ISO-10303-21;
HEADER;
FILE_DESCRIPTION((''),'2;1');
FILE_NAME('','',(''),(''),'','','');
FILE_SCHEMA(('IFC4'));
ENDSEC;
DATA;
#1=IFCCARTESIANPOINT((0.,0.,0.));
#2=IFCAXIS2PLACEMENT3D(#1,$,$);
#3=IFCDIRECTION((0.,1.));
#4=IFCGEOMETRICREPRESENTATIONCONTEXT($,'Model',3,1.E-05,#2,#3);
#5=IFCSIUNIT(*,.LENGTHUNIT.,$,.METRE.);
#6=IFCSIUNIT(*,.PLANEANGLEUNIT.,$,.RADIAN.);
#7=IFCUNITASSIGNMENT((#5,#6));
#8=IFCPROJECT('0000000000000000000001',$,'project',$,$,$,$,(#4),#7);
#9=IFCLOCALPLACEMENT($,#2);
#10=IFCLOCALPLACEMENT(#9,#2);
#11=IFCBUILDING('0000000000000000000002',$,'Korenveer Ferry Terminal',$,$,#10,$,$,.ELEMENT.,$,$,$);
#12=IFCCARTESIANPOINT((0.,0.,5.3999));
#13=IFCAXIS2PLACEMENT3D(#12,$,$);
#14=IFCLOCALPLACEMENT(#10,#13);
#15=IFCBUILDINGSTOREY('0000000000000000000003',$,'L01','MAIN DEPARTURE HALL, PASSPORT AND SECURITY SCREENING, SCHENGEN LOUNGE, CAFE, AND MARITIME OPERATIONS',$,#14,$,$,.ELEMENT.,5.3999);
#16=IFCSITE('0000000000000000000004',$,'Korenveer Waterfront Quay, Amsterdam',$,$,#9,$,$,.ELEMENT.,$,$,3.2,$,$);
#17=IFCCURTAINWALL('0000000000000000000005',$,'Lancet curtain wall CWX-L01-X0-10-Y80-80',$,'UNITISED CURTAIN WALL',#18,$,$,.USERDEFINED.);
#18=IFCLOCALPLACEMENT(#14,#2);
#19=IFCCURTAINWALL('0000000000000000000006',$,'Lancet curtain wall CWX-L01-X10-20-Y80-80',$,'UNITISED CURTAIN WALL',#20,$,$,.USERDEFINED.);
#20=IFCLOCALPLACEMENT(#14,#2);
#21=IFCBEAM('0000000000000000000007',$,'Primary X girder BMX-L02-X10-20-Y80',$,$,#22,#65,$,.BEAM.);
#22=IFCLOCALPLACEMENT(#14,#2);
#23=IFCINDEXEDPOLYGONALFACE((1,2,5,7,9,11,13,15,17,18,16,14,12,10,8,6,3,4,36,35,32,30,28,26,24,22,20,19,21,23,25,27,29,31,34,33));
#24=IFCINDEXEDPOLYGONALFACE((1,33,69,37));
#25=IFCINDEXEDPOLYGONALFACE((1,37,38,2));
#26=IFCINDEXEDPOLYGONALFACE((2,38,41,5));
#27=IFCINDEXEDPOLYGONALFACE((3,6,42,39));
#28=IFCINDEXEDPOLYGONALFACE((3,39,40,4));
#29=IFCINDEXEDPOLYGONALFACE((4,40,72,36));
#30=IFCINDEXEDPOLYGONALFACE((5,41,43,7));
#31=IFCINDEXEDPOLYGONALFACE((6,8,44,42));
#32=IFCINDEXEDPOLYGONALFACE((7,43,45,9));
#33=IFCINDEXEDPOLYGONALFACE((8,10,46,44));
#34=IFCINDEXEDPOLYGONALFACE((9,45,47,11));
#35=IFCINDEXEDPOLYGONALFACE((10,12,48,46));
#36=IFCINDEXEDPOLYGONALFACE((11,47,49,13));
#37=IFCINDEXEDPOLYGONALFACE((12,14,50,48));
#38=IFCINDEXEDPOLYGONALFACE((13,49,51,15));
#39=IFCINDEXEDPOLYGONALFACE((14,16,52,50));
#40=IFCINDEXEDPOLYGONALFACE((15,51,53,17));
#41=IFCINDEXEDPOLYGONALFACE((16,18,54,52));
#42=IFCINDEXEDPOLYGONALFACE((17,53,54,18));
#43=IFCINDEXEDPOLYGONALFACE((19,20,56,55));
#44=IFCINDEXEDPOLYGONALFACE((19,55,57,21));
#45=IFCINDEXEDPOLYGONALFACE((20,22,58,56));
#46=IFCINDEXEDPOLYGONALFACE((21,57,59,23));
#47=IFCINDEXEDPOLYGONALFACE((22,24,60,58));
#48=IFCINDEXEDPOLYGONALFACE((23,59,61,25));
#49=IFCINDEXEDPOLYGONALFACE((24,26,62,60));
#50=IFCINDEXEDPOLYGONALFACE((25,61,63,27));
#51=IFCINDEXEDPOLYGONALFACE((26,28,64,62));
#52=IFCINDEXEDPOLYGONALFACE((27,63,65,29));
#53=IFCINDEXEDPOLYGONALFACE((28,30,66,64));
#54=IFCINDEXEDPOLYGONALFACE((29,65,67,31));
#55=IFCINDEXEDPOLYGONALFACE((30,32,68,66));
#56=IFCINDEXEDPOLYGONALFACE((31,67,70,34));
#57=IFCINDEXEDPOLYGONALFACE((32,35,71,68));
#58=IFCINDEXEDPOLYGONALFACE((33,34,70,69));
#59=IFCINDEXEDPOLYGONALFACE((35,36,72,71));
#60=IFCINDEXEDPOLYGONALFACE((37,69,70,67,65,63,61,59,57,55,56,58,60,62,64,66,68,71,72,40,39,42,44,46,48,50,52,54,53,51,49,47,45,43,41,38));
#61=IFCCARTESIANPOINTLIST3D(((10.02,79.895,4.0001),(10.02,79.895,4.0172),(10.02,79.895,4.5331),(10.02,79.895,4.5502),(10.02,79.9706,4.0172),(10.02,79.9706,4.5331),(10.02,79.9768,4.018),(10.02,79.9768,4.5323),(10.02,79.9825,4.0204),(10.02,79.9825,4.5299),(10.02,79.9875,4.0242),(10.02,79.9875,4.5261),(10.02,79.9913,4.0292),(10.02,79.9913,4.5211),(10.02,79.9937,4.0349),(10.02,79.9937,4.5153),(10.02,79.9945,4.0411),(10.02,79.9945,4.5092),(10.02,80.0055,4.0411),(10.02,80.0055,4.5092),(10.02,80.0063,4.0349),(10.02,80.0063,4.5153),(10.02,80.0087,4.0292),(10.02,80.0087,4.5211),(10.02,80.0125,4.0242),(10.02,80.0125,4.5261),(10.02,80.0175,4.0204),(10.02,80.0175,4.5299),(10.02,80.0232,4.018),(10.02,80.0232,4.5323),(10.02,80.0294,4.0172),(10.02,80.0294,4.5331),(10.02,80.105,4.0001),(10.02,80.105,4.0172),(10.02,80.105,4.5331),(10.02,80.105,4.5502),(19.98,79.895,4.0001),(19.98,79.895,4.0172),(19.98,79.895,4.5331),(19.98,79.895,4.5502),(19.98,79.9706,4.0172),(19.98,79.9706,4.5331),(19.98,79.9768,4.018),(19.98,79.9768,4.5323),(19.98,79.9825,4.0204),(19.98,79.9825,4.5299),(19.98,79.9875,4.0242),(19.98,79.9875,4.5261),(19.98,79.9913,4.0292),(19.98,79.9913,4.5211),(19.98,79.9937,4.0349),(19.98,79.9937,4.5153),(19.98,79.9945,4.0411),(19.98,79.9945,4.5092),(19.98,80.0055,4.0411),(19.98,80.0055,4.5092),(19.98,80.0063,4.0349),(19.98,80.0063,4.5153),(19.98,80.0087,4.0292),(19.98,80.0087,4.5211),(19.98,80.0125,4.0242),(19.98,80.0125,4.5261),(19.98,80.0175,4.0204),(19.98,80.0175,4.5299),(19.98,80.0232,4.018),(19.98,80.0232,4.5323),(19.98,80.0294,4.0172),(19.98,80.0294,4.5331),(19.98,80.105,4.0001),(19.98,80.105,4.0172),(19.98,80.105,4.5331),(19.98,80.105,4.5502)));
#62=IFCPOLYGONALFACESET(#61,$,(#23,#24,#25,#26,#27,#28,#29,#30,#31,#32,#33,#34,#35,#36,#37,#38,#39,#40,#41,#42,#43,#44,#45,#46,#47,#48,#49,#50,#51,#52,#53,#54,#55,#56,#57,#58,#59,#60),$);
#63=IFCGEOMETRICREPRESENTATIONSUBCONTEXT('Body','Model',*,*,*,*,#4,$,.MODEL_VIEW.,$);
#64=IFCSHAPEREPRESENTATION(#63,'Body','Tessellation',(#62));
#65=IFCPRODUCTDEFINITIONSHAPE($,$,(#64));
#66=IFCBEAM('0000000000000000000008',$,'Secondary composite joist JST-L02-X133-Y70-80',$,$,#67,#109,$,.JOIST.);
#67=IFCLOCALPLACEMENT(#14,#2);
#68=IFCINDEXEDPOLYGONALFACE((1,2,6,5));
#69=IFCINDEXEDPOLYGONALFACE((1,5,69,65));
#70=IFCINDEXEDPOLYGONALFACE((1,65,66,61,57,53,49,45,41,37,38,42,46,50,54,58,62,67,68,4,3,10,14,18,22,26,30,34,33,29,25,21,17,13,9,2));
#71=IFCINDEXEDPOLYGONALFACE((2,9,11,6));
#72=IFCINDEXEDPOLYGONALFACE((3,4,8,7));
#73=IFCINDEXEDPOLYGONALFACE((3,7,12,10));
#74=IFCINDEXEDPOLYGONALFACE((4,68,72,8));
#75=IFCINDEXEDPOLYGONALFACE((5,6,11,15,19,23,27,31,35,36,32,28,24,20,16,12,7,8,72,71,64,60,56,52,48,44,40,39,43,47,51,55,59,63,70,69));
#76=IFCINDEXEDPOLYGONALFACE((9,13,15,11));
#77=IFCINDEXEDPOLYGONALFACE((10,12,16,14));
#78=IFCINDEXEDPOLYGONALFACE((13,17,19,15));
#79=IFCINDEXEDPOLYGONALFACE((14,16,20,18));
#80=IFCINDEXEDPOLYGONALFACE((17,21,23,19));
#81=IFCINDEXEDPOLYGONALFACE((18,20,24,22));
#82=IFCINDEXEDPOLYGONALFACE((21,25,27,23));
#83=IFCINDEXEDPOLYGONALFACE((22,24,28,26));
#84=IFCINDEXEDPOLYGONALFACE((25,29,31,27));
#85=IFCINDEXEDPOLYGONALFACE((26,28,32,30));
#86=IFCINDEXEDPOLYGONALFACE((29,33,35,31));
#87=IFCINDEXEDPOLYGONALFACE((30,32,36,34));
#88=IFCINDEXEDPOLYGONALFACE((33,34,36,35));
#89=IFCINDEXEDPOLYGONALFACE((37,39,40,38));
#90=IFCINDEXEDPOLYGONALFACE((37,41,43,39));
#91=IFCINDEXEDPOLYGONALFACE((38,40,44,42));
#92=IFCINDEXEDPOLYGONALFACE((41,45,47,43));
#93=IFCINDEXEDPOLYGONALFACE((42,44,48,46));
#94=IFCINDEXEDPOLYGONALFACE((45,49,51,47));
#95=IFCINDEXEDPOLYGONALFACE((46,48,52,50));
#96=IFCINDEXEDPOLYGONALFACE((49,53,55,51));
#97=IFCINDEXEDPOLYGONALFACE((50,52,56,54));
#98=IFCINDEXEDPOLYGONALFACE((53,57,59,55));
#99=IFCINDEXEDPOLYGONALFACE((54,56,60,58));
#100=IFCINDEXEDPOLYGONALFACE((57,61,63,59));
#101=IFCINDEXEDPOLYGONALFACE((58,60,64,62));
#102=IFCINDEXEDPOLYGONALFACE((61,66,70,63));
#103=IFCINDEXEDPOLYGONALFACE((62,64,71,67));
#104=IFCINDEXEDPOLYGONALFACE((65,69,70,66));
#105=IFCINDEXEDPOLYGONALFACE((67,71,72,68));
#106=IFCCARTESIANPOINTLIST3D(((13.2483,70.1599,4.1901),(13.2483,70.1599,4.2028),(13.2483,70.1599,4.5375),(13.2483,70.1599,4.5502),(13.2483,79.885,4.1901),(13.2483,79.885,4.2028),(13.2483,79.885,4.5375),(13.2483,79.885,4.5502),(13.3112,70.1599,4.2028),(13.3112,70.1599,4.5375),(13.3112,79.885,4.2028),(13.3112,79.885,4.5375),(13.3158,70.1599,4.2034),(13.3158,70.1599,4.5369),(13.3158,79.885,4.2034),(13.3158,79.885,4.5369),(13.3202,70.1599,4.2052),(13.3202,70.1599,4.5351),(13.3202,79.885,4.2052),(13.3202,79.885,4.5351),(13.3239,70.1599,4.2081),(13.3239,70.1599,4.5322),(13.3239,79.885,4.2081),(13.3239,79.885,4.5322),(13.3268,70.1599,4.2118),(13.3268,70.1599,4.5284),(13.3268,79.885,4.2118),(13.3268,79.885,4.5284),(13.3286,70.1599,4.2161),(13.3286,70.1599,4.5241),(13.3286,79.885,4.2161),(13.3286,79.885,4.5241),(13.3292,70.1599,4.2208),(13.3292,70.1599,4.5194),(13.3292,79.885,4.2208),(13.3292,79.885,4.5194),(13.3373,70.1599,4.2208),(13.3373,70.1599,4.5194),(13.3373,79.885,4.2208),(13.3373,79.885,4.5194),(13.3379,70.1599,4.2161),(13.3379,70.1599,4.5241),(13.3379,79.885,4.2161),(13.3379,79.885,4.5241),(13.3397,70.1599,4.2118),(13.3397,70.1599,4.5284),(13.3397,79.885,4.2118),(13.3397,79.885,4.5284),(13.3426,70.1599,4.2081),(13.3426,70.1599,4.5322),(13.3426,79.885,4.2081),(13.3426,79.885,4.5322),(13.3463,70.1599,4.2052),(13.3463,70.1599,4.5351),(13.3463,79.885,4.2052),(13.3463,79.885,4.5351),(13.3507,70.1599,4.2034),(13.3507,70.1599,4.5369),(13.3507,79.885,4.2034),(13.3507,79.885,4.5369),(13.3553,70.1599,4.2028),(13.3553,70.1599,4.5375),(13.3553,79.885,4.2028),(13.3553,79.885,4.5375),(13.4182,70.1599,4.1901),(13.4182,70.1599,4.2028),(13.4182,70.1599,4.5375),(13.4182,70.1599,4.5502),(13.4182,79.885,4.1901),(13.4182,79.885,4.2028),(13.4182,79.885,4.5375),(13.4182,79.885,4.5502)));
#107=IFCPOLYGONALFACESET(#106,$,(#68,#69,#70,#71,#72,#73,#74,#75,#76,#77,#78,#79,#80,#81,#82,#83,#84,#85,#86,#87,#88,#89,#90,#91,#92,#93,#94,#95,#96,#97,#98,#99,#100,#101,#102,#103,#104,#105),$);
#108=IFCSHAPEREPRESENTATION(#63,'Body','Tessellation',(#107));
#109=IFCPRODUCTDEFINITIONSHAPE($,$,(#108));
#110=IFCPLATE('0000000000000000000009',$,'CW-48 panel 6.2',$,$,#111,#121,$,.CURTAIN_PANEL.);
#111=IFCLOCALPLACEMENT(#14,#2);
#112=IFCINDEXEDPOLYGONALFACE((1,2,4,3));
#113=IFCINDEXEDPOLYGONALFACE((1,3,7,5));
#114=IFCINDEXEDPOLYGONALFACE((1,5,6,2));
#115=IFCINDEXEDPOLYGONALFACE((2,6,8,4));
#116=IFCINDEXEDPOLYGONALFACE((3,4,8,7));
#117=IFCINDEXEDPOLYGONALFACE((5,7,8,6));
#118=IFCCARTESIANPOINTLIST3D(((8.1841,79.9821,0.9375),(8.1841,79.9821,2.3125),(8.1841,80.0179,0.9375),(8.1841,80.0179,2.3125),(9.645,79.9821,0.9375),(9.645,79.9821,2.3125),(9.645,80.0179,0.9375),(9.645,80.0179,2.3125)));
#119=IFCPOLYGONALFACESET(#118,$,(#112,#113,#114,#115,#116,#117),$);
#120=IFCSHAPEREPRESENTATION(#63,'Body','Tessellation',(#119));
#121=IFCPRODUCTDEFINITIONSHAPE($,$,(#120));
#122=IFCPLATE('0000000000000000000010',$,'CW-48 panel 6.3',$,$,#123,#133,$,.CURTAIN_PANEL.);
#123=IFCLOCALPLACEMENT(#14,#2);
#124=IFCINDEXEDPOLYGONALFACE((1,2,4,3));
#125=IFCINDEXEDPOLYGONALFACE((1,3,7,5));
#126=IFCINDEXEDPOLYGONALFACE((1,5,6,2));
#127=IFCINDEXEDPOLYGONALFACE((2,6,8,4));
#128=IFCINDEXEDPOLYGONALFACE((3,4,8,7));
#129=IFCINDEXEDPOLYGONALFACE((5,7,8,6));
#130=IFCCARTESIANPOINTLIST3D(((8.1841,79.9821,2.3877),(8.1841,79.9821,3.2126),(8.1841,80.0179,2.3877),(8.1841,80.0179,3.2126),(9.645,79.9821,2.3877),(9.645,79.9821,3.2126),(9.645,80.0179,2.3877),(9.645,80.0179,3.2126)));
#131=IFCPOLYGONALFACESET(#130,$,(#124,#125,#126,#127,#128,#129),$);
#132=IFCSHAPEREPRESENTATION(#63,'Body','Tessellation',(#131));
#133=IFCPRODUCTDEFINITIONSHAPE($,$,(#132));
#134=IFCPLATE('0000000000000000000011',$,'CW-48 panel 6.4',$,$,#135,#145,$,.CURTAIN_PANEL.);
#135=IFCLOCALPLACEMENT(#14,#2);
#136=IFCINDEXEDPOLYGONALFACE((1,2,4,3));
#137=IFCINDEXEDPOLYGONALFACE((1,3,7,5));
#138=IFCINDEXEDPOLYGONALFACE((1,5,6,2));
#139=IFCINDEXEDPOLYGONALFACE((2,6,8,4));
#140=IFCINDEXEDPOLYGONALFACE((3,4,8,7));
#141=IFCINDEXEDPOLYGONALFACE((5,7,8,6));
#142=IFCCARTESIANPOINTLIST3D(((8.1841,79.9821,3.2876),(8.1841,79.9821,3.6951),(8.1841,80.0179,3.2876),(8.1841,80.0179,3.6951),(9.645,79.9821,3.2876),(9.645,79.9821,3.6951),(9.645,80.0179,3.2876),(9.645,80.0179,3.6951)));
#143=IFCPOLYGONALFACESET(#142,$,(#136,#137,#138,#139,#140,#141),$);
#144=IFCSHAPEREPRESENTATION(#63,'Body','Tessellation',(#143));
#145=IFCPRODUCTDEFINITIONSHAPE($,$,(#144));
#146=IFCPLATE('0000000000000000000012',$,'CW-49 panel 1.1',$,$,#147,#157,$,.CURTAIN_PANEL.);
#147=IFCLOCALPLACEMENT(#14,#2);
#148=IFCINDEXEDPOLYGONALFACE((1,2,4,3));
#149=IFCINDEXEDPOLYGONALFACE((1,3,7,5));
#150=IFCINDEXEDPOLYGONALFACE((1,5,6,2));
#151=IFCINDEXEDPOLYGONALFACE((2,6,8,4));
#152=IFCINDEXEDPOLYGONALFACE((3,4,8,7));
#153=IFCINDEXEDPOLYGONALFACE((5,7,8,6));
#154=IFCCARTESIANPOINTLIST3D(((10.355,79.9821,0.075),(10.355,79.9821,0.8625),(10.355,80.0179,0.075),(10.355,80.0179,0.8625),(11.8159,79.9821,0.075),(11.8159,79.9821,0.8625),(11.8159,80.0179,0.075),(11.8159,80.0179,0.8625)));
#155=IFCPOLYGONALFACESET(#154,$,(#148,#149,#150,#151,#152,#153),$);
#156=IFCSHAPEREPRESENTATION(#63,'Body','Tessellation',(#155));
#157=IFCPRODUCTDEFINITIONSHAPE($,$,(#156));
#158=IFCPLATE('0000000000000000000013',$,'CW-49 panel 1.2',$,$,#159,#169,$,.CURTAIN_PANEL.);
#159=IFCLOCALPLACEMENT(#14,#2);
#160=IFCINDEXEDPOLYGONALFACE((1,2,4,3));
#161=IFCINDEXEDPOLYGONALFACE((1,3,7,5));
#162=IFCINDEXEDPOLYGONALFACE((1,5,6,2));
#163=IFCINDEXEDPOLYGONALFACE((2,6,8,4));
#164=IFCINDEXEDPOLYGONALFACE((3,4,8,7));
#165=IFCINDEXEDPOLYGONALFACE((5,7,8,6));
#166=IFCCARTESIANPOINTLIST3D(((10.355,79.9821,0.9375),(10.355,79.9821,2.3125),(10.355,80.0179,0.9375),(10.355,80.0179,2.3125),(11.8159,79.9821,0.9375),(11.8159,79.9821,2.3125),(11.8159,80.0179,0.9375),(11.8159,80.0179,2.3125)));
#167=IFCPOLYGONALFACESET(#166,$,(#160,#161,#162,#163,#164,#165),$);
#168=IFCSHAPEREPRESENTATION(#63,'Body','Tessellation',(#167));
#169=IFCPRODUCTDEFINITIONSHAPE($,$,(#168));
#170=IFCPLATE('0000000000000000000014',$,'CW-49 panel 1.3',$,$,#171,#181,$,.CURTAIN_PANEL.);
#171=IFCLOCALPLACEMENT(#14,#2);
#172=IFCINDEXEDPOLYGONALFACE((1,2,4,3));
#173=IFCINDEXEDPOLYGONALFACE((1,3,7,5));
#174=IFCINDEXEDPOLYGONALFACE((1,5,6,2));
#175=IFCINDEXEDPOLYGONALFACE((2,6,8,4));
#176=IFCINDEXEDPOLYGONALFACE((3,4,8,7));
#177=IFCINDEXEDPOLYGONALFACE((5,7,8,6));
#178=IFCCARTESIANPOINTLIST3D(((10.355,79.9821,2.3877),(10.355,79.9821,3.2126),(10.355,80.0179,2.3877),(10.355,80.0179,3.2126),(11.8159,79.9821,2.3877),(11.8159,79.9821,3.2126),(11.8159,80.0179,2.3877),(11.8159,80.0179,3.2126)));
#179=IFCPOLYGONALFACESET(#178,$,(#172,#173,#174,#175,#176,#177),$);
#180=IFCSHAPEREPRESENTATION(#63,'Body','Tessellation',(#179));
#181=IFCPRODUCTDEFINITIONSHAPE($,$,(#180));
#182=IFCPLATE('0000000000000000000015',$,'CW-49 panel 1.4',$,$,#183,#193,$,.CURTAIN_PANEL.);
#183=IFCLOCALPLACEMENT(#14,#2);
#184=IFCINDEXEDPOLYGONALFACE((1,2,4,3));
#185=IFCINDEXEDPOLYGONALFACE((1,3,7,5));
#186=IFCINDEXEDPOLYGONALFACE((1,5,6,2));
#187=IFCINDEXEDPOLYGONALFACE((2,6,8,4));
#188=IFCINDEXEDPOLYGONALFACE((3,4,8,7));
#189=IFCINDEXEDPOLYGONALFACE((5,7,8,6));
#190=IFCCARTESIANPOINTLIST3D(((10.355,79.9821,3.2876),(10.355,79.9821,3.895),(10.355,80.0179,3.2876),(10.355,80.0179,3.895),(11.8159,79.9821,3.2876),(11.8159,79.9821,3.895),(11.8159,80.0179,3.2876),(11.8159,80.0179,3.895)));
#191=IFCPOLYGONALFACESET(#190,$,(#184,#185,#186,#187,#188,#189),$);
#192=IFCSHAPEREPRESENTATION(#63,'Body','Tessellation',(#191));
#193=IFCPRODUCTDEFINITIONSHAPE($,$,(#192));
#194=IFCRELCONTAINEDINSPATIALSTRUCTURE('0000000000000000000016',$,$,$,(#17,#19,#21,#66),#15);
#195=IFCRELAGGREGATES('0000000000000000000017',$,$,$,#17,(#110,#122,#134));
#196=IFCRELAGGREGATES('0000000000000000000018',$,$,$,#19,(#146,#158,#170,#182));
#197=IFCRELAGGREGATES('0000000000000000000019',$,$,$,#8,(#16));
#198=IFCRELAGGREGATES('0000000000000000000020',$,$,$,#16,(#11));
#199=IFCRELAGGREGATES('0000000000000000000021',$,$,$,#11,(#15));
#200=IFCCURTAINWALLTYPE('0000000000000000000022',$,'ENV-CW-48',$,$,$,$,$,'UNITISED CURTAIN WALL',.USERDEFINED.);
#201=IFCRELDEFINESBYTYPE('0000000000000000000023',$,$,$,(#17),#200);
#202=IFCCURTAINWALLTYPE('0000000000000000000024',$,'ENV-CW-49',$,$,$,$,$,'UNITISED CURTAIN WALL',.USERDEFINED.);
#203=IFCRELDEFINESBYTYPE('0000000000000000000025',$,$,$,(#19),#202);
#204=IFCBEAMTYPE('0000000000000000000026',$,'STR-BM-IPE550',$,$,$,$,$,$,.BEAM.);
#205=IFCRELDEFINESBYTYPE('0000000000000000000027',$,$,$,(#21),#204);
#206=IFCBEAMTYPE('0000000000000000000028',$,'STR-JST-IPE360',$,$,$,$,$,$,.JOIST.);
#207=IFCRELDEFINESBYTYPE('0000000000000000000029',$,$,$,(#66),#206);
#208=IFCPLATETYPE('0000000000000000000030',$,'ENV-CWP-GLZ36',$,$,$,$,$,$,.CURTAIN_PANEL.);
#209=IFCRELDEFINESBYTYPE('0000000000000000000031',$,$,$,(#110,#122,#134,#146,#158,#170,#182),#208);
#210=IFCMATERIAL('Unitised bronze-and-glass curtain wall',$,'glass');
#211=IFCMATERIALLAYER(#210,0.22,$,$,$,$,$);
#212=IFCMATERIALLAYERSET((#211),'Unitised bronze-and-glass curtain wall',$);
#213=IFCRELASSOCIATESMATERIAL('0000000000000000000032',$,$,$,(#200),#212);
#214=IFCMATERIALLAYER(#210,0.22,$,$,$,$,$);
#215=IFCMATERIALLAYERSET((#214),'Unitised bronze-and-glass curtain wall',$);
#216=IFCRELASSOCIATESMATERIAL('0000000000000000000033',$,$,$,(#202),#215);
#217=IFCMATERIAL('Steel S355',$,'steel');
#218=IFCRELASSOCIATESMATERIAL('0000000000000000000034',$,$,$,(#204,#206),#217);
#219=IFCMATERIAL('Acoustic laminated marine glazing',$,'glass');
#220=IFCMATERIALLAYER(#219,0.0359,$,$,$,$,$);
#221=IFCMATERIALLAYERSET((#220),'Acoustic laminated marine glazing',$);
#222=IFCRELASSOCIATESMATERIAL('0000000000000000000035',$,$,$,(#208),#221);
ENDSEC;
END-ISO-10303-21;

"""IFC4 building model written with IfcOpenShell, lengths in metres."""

from ifc_helpers import new_model, si_unit, direction, frame, origin, origin_2d, place, context, subcontext, project, spatial, rectangle, i_section, extrude, material, layer, layer_set, material_profile, profile_set, type_object, element, aggregate, save


model = new_model("IFC4")

# Units and contexts
model_context = context("Model", 3, precision=1e-05, world=origin(), true_north=direction((0.0, 1.0)))
body_context = subcontext(model_context, "Body", "Model", "MODEL_VIEW")
ifc_project = project(units=[si_unit("LENGTHUNIT", "METRE"), si_unit("PLANEANGLEUNIT", "RADIAN")], contexts=[model_context])

# Site, building, storey
site_placement = place(None, origin())
site = spatial("IfcSite", under=ifc_project, at=site_placement, Name="Korenveer Waterfront Quay, Amsterdam", CompositionType="ELEMENT", RefElevation=3.2)
building_placement = place(site_placement, origin())
building = spatial("IfcBuilding", under=site, at=building_placement, Name="Korenveer Ferry Terminal", CompositionType="ELEMENT")
storey_placement = place(building_placement, frame((0.0, 0.0, 5.3999)))
storey = spatial("IfcBuildingStorey", under=building, at=storey_placement, Name="L01", Description="MAIN DEPARTURE HALL, PASSPORT AND SECURITY SCREENING, SCHENGEN LOUNGE, CAFE, AND MARITIME OPERATIONS", CompositionType="ELEMENT", Elevation=5.3999)

# Curtain wall
ifc_material_1 = material(Name="Unitised bronze-and-glass curtain wall", Category="glass")
ifc_layer_1 = layer(ifc_material_1, 0.22)
ifc_layer_set_1 = layer_set([ifc_layer_1], Name="Unitised bronze-and-glass curtain wall")
curtain_wall_type_1 = type_object("IfcCurtainWallType", Name="ENV-CW-48", ElementType="UNITISED CURTAIN WALL", PredefinedType="USERDEFINED", material=ifc_layer_set_1)
curtain_wall_1_placement = place(storey_placement, frame((0.28, 80.0, 0.0)))
curtain_wall_1 = element("IfcCurtainWall", 1, at=curtain_wall_1_placement, inside=storey, type_object=curtain_wall_type_1, Name="Lancet curtain wall CWX-L01-X0-10-Y80-80", ObjectType="UNITISED CURTAIN WALL", PredefinedType="USERDEFINED")

# Curtain wall
ifc_layer_2 = layer(ifc_material_1, 0.22)
ifc_layer_set_2 = layer_set([ifc_layer_2], Name="Unitised bronze-and-glass curtain wall")
curtain_wall_type_2 = type_object("IfcCurtainWallType", Name="ENV-CW-49", ElementType="UNITISED CURTAIN WALL", PredefinedType="USERDEFINED", material=ifc_layer_set_2)
curtain_wall_2_placement = place(storey_placement, frame((10.28, 80.0, 0.0)))
curtain_wall_2 = element("IfcCurtainWall", 2, at=curtain_wall_2_placement, inside=storey, type_object=curtain_wall_type_2, Name="Lancet curtain wall CWX-L01-X10-20-Y80-80", ObjectType="UNITISED CURTAIN WALL", PredefinedType="USERDEFINED")

# Beams
ifc_material_2 = material(Name="Steel S355", Category="steel")
ifc_material_profile_1 = material_profile(ifc_material_2, i_section(OverallWidth=0.21, OverallDepth=0.55, WebThickness=0.011, FlangeThickness=0.0171, FilletRadius=0.0239, at=origin_2d()), Name="IPE 550")
ifc_profile_set_1 = profile_set([ifc_material_profile_1], Name="Steel S355")
beam_type_1 = type_object("IfcBeamType", Name="STR-BM-IPE550", PredefinedType="BEAM", material=ifc_profile_set_1)
beam_1_placement = place(storey_placement, frame((10.02, 80.0, 4.2751), z_axis=(1.0, 0.0, 0.0), x_axis=(0.0, 1.0, 0.0)))
element("IfcBeam", 3, at=beam_1_placement, inside=storey, type_object=beam_type_1, Name="Primary X girder BMX-L02-X10-20-Y80", PredefinedType="BEAM", context=body_context, shape_type="SweptSolid", body=[
    extrude(i_section(OverallWidth=0.21, OverallDepth=0.55, WebThickness=0.011, FlangeThickness=0.0171, FilletRadius=0.0239, at=origin_2d()), origin(), (0.0, 0.0, 1.0), 9.96),
])
ifc_material_profile_2 = material_profile(ifc_material_2, i_section(OverallWidth=0.1699, OverallDepth=0.3601, WebThickness=0.0081, FlangeThickness=0.0127, FilletRadius=0.0181, at=origin_2d()), Name="IPE 360")
ifc_profile_set_2 = profile_set([ifc_material_profile_2], Name="Steel S355")
beam_type_2 = type_object("IfcBeamType", Name="STR-JST-IPE360", PredefinedType="JOIST", material=ifc_profile_set_2)
beam_2_placement = place(storey_placement, frame((13.3333, 70.1599, 4.3701), z_axis=(0.0, 1.0, 0.0), x_axis=(-1.0, 0.0, 0.0)))
element("IfcBeam", 4, at=beam_2_placement, inside=storey, type_object=beam_type_2, Name="Secondary composite joist JST-L02-X133-Y70-80", PredefinedType="JOIST", context=body_context, shape_type="SweptSolid", body=[
    extrude(i_section(OverallWidth=0.1699, OverallDepth=0.3601, WebThickness=0.0081, FlangeThickness=0.0127, FilletRadius=0.0181, at=origin_2d()), origin(), (0.0, 0.0, 1.0), 9.7251),
])

# Plates
ifc_material_3 = material(Name="Acoustic laminated marine glazing", Category="glass")
ifc_layer_3 = layer(ifc_material_3, 0.0359)
ifc_layer_set_3 = layer_set([ifc_layer_3], Name="Acoustic laminated marine glazing")
plate_type = type_object("IfcPlateType", Name="ENV-CWP-GLZ36", PredefinedType="CURTAIN_PANEL", material=ifc_layer_set_3)
plate_1_placement = place(storey_placement, frame((8.9146, 80.0, 0.9375), z_axis=(0.0, 0.0, 1.0), x_axis=(1.0, 0.0, 0.0)))
plate_1 = element("IfcPlate", 5, at=plate_1_placement, type_object=plate_type, Name="CW-48 panel 6.2", PredefinedType="CURTAIN_PANEL", context=body_context, shape_type="SweptSolid", body=[
    extrude(rectangle(XDim=1.4609, YDim=0.0359, at=origin_2d()), origin(), (0.0, 0.0, 1.0), 1.375),
])
plate_2_placement = place(storey_placement, frame((8.9146, 80.0, 2.3877), z_axis=(0.0, 0.0, 1.0), x_axis=(1.0, 0.0, 0.0)))
plate_2 = element("IfcPlate", 6, at=plate_2_placement, type_object=plate_type, Name="CW-48 panel 6.3", PredefinedType="CURTAIN_PANEL", context=body_context, shape_type="SweptSolid", body=[
    extrude(rectangle(XDim=1.4609, YDim=0.0359, at=origin_2d()), origin(), (0.0, 0.0, 1.0), 0.825),
])
plate_3_placement = place(storey_placement, frame((8.9146, 80.0, 3.2876), z_axis=(0.0, 0.0, 1.0), x_axis=(1.0, 0.0, 0.0)))
plate_3 = element("IfcPlate", 7, at=plate_3_placement, type_object=plate_type, Name="CW-48 panel 6.4", PredefinedType="CURTAIN_PANEL", context=body_context, shape_type="SweptSolid", body=[
    extrude(rectangle(XDim=1.4609, YDim=0.0359, at=origin_2d()), origin(), (0.0, 0.0, 1.0), 0.4075),
])
aggregate(curtain_wall_1, [plate_1, plate_2, plate_3])
plate_4_placement = place(storey_placement, frame((11.0854, 80.0, 0.075), z_axis=(0.0, 0.0, 1.0), x_axis=(1.0, 0.0, 0.0)))
plate_4 = element("IfcPlate", 8, at=plate_4_placement, type_object=plate_type, Name="CW-49 panel 1.1", PredefinedType="CURTAIN_PANEL", context=body_context, shape_type="SweptSolid", body=[
    extrude(rectangle(XDim=1.4609, YDim=0.0359, at=origin_2d()), origin(), (0.0, 0.0, 1.0), 0.7876),
])
plate_5_placement = place(storey_placement, frame((11.0854, 80.0, 0.9375), z_axis=(0.0, 0.0, 1.0), x_axis=(1.0, 0.0, 0.0)))
plate_5 = element("IfcPlate", 9, at=plate_5_placement, type_object=plate_type, Name="CW-49 panel 1.2", PredefinedType="CURTAIN_PANEL", context=body_context, shape_type="SweptSolid", body=[
    extrude(rectangle(XDim=1.4609, YDim=0.0359, at=origin_2d()), origin(), (0.0, 0.0, 1.0), 1.375),
])
plate_6_placement = place(storey_placement, frame((11.0854, 80.0, 2.3877), z_axis=(0.0, 0.0, 1.0), x_axis=(1.0, 0.0, 0.0)))
plate_6 = element("IfcPlate", 10, at=plate_6_placement, type_object=plate_type, Name="CW-49 panel 1.3", PredefinedType="CURTAIN_PANEL", context=body_context, shape_type="SweptSolid", body=[
    extrude(rectangle(XDim=1.4609, YDim=0.0359, at=origin_2d()), origin(), (0.0, 0.0, 1.0), 0.825),
])
plate_7_placement = place(storey_placement, frame((11.0854, 80.0, 3.2876), z_axis=(0.0, 0.0, 1.0), x_axis=(1.0, 0.0, 0.0)))
plate_7 = element("IfcPlate", 11, at=plate_7_placement, type_object=plate_type, Name="CW-49 panel 1.4", PredefinedType="CURTAIN_PANEL", context=body_context, shape_type="SweptSolid", body=[
    extrude(rectangle(XDim=1.4609, YDim=0.0359, at=origin_2d()), origin(), (0.0, 0.0, 1.0), 0.6074),
])
aggregate(curtain_wall_2, [plate_4, plate_5, plate_6, plate_7])

save(model, "model.ifc")
